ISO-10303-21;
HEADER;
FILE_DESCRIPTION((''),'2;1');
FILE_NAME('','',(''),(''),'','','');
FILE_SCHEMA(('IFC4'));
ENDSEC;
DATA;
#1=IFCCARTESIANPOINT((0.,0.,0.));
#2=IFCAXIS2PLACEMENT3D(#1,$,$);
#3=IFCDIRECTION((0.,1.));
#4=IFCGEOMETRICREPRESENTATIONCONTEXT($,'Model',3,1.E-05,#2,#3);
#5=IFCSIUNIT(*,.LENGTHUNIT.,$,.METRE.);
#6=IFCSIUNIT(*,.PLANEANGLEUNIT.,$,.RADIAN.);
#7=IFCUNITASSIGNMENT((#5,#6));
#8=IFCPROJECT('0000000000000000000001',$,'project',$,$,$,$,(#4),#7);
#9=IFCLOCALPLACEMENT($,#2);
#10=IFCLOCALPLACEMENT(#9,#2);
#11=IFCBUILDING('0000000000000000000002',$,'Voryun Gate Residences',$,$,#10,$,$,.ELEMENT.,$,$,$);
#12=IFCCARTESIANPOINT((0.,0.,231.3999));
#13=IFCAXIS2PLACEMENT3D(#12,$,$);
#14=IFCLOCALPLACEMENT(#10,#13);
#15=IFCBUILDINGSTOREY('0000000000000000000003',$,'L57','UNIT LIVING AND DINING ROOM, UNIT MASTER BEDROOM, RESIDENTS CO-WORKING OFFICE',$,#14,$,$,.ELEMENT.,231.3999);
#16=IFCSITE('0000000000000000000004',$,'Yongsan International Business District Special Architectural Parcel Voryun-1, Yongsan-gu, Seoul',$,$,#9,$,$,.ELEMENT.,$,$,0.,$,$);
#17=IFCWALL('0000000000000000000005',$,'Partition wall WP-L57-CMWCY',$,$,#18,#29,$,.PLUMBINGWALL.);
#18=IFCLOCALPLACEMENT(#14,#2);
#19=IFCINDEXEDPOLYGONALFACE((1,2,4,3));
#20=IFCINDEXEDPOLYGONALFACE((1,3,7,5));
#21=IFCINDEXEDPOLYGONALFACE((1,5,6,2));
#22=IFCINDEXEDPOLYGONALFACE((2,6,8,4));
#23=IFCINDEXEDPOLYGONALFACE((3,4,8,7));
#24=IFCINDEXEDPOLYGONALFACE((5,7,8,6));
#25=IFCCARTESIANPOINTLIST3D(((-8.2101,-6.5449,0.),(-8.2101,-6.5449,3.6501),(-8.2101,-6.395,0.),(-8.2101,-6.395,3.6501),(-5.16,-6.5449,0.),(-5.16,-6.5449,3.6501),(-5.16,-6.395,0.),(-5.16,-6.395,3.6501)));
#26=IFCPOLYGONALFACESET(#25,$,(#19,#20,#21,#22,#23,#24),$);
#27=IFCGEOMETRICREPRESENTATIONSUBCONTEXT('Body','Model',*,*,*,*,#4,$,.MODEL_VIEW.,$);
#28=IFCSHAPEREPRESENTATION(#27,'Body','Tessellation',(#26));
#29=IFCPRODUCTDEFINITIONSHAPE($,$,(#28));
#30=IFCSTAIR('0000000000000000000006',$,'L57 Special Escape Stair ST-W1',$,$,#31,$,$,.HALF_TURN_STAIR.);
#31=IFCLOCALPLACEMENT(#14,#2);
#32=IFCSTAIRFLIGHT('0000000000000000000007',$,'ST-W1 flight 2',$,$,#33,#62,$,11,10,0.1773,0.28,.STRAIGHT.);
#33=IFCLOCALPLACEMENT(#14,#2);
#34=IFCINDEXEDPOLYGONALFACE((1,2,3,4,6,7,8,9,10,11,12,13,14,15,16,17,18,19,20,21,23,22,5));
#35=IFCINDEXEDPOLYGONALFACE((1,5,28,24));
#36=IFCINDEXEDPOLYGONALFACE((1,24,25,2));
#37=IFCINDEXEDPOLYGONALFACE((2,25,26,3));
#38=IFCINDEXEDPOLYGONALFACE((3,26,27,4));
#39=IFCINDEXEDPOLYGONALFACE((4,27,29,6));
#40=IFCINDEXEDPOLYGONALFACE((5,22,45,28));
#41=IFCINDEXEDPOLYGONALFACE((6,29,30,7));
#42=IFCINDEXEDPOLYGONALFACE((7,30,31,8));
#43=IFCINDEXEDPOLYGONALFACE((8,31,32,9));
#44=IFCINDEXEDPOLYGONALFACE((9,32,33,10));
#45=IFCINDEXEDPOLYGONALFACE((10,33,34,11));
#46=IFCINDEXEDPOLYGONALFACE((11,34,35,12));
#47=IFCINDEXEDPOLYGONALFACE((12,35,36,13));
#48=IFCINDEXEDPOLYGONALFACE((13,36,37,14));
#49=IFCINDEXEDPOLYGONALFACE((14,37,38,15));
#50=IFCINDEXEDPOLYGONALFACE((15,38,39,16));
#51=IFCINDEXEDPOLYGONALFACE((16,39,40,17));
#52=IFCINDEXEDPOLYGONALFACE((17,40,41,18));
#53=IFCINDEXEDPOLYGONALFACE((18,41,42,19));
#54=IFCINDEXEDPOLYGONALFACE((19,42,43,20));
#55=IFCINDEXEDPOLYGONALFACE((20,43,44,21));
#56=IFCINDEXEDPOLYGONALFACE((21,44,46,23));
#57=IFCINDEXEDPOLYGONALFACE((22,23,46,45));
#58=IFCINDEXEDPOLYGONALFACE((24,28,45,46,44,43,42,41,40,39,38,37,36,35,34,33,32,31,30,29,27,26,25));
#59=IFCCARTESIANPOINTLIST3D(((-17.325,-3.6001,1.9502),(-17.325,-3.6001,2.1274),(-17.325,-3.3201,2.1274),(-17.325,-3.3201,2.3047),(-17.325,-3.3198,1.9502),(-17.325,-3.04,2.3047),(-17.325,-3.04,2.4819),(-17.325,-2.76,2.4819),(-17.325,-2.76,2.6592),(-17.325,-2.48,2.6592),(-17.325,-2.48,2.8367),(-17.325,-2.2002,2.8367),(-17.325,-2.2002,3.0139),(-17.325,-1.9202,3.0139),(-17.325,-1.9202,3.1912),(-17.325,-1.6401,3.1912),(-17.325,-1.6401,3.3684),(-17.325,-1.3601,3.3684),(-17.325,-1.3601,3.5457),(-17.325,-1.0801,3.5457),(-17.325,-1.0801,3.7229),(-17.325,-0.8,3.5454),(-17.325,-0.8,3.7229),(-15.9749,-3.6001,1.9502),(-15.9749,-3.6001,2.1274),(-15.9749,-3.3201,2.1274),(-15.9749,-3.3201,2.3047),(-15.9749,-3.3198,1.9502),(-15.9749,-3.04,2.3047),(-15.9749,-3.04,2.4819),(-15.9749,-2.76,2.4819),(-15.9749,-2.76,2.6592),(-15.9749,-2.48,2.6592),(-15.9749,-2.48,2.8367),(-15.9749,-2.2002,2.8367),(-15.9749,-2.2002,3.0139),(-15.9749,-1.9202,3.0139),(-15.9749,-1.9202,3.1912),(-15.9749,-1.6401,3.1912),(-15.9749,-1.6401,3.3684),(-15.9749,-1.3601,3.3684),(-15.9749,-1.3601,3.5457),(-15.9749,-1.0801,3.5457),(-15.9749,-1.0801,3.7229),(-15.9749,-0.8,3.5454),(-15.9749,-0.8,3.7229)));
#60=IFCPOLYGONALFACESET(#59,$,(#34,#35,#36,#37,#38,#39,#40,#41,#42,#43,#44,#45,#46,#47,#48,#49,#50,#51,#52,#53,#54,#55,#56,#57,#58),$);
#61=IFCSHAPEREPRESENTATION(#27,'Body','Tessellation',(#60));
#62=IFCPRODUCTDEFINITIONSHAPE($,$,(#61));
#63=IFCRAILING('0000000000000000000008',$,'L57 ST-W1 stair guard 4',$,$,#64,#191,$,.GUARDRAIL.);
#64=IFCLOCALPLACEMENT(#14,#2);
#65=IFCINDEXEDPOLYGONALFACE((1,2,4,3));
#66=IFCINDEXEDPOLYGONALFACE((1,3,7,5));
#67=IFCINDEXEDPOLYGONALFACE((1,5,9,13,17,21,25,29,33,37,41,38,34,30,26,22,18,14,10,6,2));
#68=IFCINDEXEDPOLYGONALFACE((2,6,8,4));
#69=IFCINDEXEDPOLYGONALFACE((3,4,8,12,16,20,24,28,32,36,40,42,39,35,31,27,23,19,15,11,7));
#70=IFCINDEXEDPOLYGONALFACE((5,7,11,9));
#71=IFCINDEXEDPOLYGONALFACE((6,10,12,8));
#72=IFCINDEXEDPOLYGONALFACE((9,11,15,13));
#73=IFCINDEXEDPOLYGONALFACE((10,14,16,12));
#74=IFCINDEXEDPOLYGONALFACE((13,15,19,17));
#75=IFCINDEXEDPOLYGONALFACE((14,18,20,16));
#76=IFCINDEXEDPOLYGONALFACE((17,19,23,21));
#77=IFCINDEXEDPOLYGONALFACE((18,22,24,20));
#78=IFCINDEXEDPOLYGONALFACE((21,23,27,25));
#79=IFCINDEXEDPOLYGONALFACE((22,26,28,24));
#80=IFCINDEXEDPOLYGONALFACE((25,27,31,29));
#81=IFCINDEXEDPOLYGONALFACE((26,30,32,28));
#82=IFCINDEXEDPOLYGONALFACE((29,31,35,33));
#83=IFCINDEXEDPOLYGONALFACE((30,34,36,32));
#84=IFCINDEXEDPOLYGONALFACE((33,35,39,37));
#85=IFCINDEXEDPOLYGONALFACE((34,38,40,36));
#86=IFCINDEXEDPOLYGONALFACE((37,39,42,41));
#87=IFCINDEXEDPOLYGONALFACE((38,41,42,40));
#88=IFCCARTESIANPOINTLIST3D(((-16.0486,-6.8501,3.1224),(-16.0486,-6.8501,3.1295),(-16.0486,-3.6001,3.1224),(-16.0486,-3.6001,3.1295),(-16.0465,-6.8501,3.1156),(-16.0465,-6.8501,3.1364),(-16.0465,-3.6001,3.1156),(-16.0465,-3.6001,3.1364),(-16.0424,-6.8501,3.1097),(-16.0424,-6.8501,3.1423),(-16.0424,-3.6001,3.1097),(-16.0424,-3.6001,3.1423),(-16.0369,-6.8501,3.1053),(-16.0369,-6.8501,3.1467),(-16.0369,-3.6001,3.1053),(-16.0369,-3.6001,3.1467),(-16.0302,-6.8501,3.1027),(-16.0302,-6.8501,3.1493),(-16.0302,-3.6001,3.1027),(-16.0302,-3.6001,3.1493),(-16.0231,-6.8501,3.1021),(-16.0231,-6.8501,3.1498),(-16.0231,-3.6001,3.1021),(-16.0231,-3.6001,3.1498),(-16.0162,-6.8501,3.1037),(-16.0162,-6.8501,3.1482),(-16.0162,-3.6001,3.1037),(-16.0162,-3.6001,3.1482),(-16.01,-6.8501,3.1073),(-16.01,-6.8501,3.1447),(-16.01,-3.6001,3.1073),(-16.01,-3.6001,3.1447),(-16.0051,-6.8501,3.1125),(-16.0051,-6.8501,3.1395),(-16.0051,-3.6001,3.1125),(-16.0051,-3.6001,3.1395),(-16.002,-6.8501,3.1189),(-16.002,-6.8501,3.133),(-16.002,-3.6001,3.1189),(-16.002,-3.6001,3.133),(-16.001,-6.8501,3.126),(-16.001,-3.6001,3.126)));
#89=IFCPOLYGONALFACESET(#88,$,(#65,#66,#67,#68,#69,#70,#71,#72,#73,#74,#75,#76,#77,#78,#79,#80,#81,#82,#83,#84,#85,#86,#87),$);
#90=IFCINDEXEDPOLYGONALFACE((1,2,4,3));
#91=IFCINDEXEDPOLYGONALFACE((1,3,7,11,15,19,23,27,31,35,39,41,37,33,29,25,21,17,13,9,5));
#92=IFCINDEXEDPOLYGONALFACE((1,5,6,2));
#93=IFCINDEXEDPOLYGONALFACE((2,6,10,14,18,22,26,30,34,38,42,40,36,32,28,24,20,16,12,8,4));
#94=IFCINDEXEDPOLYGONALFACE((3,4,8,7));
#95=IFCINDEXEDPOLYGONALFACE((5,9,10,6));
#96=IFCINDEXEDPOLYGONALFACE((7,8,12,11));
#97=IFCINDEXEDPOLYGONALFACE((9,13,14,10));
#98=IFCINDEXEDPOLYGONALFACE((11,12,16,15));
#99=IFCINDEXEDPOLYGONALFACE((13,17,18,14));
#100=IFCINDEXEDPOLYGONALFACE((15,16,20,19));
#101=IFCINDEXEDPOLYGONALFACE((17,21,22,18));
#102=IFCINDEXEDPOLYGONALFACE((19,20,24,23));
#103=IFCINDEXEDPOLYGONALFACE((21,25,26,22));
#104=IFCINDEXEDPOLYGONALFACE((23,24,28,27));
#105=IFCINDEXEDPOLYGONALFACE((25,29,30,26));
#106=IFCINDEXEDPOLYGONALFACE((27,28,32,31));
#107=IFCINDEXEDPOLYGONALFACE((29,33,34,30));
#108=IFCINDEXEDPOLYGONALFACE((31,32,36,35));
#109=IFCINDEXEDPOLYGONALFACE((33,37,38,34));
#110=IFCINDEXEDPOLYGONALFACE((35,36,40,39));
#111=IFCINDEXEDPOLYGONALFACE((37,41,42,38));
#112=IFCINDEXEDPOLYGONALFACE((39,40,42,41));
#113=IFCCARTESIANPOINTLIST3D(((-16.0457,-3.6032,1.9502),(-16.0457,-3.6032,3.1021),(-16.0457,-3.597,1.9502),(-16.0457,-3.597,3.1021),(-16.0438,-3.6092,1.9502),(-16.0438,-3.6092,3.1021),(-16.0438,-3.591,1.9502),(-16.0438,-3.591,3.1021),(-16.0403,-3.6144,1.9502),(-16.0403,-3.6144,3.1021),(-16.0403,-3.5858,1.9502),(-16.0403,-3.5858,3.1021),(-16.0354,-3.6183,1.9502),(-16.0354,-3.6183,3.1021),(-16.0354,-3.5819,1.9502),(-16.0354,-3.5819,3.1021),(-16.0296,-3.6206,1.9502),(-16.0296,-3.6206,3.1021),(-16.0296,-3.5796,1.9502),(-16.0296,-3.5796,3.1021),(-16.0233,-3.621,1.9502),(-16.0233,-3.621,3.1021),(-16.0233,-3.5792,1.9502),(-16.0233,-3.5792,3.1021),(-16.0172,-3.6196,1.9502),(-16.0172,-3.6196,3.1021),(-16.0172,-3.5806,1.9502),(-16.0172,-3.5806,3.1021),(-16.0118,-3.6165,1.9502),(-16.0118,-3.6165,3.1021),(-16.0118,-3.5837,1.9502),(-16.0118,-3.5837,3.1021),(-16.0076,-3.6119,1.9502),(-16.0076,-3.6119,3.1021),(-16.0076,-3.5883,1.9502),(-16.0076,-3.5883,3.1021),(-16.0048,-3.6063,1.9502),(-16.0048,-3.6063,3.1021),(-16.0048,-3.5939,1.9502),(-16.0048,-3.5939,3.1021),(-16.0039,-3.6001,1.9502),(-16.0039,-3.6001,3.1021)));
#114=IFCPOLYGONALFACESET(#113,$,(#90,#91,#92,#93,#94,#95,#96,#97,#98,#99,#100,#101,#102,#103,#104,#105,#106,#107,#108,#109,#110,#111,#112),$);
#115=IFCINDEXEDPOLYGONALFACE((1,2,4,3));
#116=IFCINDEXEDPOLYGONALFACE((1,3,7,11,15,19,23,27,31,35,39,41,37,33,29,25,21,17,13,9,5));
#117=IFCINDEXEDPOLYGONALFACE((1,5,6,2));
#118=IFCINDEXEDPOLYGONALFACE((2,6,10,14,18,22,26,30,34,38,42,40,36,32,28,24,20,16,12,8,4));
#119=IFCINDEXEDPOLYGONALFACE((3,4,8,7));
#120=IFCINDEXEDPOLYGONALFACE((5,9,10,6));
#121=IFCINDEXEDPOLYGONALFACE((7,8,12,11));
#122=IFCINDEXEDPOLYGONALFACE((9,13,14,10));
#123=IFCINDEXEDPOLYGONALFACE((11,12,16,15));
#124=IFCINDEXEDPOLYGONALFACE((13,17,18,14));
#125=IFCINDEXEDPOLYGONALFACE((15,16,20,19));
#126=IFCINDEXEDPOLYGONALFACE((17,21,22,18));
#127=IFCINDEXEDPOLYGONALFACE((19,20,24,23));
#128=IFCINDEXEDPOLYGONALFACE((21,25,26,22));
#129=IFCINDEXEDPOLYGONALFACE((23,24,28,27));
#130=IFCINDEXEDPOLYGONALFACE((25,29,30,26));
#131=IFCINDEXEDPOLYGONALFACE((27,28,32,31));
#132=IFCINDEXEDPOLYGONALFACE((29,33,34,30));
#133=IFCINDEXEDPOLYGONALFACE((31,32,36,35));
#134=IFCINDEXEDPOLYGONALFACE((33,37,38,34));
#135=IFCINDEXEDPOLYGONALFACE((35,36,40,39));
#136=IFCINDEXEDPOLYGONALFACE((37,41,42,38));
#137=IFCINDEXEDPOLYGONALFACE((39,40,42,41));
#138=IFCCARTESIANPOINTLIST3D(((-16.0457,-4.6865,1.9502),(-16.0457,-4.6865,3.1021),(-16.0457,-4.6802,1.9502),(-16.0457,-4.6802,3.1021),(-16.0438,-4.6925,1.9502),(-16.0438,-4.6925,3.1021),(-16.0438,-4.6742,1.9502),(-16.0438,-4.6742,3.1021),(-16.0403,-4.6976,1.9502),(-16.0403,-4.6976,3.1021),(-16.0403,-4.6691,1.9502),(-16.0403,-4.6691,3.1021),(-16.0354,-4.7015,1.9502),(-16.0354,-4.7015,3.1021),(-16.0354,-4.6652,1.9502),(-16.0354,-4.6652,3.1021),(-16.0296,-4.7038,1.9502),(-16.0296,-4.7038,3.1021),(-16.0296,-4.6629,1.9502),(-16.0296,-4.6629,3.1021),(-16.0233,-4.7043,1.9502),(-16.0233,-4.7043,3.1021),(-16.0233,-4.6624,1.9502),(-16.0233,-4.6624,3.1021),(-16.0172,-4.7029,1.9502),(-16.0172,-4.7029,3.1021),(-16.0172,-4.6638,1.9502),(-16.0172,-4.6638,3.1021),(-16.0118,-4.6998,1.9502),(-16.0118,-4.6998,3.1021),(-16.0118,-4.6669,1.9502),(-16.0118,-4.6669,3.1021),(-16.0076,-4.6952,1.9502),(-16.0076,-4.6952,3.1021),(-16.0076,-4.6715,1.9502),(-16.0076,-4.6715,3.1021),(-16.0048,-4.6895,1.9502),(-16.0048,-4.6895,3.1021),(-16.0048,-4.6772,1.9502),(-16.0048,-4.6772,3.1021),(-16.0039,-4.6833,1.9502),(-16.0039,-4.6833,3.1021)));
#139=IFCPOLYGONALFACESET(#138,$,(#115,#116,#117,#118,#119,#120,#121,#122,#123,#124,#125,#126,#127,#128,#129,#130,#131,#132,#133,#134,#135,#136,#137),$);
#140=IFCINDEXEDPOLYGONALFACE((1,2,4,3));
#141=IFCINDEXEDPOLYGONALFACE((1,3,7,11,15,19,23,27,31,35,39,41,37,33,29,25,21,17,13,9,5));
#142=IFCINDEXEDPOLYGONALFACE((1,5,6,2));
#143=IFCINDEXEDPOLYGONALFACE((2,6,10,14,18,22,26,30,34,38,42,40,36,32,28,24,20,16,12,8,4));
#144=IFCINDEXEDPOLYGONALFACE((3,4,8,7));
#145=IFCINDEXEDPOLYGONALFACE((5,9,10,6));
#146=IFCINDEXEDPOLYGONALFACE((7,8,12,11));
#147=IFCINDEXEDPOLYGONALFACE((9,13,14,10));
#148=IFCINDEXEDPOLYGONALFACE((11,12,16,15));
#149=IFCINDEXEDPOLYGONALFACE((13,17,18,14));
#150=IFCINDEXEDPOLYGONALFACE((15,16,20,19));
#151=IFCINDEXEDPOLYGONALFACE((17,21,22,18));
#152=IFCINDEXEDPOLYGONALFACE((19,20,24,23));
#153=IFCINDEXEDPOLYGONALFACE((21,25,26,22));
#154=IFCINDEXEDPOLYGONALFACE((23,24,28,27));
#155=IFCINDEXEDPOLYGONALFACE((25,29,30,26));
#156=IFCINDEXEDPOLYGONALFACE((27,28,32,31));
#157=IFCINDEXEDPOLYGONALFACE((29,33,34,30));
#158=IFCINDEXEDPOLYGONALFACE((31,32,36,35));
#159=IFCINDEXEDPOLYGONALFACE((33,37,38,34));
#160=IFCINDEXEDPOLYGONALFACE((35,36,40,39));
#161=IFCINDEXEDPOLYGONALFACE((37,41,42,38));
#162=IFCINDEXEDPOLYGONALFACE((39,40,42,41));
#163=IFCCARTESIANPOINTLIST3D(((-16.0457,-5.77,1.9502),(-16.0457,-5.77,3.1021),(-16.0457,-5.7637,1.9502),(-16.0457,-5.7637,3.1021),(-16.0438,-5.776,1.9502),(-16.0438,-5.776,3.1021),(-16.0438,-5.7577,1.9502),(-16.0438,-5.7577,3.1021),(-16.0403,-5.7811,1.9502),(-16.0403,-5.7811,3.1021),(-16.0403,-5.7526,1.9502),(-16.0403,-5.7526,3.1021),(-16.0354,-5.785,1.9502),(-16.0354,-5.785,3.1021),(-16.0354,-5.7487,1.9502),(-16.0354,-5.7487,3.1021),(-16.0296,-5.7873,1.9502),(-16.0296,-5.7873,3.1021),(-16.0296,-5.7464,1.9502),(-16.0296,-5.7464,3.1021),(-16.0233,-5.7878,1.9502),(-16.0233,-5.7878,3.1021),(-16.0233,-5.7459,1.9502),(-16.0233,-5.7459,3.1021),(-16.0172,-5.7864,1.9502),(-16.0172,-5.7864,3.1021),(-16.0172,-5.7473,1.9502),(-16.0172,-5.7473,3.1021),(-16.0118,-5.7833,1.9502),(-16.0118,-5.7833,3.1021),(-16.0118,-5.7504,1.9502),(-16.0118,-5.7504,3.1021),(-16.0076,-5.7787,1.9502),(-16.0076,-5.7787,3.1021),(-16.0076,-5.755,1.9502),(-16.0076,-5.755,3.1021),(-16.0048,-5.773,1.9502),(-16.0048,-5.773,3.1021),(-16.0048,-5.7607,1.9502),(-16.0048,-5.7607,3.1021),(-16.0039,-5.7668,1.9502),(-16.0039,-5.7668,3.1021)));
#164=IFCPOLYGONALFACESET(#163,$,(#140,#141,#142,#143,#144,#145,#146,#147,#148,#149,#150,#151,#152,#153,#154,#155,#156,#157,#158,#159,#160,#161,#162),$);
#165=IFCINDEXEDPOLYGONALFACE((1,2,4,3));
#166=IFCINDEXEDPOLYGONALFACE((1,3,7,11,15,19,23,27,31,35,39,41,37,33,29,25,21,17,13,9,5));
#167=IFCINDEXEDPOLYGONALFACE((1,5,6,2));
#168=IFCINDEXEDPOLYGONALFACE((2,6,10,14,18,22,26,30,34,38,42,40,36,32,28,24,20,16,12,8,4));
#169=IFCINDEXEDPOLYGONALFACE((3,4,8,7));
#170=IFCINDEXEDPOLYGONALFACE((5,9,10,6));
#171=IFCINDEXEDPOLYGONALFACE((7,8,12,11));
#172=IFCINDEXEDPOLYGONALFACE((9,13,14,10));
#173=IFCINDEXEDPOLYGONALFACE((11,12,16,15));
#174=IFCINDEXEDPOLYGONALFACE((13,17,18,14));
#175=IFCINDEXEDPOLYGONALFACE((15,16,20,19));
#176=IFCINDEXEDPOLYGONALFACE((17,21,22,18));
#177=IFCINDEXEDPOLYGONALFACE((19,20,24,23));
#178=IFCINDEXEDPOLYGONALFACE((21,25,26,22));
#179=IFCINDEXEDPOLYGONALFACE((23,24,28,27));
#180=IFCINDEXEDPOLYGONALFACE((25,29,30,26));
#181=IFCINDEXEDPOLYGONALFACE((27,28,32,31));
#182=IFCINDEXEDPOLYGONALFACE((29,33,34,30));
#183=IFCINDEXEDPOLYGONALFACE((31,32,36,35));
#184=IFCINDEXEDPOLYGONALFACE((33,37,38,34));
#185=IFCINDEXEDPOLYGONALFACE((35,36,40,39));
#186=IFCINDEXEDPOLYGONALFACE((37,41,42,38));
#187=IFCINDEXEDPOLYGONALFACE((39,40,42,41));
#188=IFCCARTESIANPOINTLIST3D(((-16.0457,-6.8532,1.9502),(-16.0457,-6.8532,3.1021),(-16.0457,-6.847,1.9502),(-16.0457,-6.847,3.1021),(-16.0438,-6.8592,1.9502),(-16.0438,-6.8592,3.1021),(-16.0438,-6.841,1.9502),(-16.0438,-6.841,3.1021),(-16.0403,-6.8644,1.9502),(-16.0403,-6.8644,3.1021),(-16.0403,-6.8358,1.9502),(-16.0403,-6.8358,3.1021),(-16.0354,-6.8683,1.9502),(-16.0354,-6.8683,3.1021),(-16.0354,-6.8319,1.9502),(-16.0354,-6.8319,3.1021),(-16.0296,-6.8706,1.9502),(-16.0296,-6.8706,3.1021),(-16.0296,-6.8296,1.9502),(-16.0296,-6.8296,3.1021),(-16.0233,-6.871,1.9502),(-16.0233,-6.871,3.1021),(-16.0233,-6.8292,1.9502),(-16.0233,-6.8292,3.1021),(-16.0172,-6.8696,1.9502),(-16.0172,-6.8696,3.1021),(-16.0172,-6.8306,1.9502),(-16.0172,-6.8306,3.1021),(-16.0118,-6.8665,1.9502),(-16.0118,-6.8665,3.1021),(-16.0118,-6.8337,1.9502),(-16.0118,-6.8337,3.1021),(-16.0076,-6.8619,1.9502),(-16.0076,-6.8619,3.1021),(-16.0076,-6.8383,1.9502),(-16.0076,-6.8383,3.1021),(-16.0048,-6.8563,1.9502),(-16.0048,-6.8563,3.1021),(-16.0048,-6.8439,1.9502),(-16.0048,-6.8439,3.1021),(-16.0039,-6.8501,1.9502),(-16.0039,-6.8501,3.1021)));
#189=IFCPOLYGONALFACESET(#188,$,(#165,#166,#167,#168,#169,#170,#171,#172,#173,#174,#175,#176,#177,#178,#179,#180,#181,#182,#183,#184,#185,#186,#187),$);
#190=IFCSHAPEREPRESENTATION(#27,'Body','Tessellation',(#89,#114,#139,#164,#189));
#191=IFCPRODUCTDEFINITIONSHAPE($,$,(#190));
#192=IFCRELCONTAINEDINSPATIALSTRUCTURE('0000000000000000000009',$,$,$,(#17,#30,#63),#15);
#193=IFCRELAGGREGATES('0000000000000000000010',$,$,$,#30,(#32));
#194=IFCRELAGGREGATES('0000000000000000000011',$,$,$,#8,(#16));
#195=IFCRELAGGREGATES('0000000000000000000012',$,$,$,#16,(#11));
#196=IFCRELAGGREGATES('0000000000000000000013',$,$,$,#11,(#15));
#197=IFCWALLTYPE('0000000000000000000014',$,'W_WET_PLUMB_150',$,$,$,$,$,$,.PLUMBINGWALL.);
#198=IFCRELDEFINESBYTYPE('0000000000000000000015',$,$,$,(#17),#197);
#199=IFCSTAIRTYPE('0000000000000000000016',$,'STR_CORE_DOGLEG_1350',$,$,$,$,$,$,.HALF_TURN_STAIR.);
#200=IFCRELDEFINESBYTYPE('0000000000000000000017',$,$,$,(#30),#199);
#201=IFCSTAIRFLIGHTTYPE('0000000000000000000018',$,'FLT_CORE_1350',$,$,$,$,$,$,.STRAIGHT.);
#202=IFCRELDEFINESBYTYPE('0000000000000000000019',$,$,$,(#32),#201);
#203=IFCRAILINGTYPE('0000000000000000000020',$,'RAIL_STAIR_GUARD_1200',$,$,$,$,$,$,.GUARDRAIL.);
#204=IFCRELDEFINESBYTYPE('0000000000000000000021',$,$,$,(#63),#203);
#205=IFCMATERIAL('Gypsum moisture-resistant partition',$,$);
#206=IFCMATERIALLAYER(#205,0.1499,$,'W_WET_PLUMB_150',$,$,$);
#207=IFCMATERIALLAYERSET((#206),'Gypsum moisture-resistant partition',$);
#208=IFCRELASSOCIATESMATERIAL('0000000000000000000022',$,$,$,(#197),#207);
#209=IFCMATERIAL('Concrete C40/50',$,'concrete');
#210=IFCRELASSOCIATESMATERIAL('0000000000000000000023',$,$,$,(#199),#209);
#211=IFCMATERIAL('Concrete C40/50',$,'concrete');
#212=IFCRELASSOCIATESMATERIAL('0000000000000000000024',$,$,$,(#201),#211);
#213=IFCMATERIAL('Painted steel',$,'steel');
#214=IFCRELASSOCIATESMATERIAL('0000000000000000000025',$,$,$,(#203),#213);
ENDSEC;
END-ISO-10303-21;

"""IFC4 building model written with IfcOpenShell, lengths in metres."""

from ifc_helpers import new_model, si_unit, direction, frame, frame_2d, origin, origin_2d, place, context, subcontext, project, spatial, polyline, rectangle, circle, outline, extrude, material, layer, layer_set, type_object, element, aggregate, save


model = new_model("IFC4")

# Units and contexts
model_context = context("Model", 3, precision=1e-05, world=origin(), true_north=direction((0.0, 1.0)))
body_context = subcontext(model_context, "Body", "Model", "MODEL_VIEW")
ifc_project = project(units=[si_unit("LENGTHUNIT", "METRE"), si_unit("PLANEANGLEUNIT", "RADIAN")], contexts=[model_context])

# Site, building, storey
site_placement = place(None, origin())
site = spatial("IfcSite", under=ifc_project, at=site_placement, Name="Yongsan International Business District Special Architectural Parcel Voryun-1, Yongsan-gu, Seoul", CompositionType="ELEMENT", RefElevation=0.0)
building_placement = place(site_placement, origin())
building = spatial("IfcBuilding", under=site, at=building_placement, Name="Voryun Gate Residences", CompositionType="ELEMENT")
storey_placement = place(building_placement, frame((0.0, 0.0, 231.3999)))
storey = spatial("IfcBuildingStorey", under=building, at=storey_placement, Name="L57", Description="UNIT LIVING AND DINING ROOM, UNIT MASTER BEDROOM, RESIDENTS CO-WORKING OFFICE", CompositionType="ELEMENT", Elevation=231.3999)

# Wall
ifc_material_1 = material(Name="Gypsum moisture-resistant partition")
ifc_layer_1 = layer(ifc_material_1, 0.1499, Name="W_WET_PLUMB_150")
ifc_layer_set_1 = layer_set([ifc_layer_1], Name="Gypsum moisture-resistant partition")
wall_type_1 = type_object("IfcWallType", Name="W_WET_PLUMB_150", PredefinedType="PLUMBINGWALL", material=ifc_layer_set_1)
wall_1_placement = place(storey_placement, frame((-8.21, -6.47, 0.0), z_axis=(0.0, 0.0, 1.0), x_axis=(1.0, 0.0, 0.0)))
element("IfcWall", 1, at=wall_1_placement, inside=storey, type_object=wall_type_1, Name="Partition wall WP-L57-CMWCY", PredefinedType="PLUMBINGWALL", context=body_context, shape_type="SweptSolid", body=[
    extrude(rectangle(XDim=3.05, YDim=0.1499, at=frame_2d((1.5249, 0.0))), origin(), (0.0, 0.0, 1.0), 3.6501),
])

# Stair, stair flight
ifc_material_2 = material(Name="Concrete C40/50", Category="concrete")
stair_type = type_object("IfcStairType", Name="STR_CORE_DOGLEG_1350", PredefinedType="HALF_TURN_STAIR", material=ifc_material_2)
stair_placement = place(storey_placement, origin())
stair = element("IfcStair", 2, at=stair_placement, inside=storey, type_object=stair_type, Name="L57 Special Escape Stair ST-W1", PredefinedType="HALF_TURN_STAIR")
ifc_material_3 = material(Name="Concrete C40/50", Category="concrete")
stair_flight_type = type_object("IfcStairFlightType", Name="FLT_CORE_1350", PredefinedType="STRAIGHT", material=ifc_material_3)
stair_flight_placement = place(storey_placement, frame((-16.6499, -3.6001, 1.9502), z_axis=(0.0, 0.0, 1.0), x_axis=(0.0, 1.0, 0.0)))
stair_flight = element("IfcStairFlight", 3, at=stair_flight_placement, type_object=stair_flight_type, Name="ST-W1 flight 2", NumberOfRisers=11, NumberOfTreads=10, PredefinedType="STRAIGHT", RiserHeight=0.1773, TreadLength=0.28, context=body_context, shape_type="SweptSolid", body=[
    extrude(outline(polyline([(0.0, 0.0), (0.0, 0.1772), (0.28, 0.1772), (0.28, 0.3545), (0.5601, 0.3545), (0.5601, 0.5317), (0.8401, 0.5317), (0.8401, 0.709), (1.1201, 0.709), (1.1201, 0.8865), (1.3999, 0.8865), (1.3999, 1.0637), (1.6799, 1.0637), (1.6799, 1.241), (1.96, 1.241), (1.96, 1.4182), (2.24, 1.4182), (2.24, 1.5955), (2.52, 1.5955), (2.52, 1.7727), (2.8, 1.7727), (2.8, 1.95), (2.8, 1.5952), (0.2803, 0.0), (0.0, 0.0)])), frame((0.0, 0.675, 0.0), z_axis=(0.0, -1.0, 0.0), x_axis=(1.0, 0.0, 0.0)), (0.0, 0.0, 1.0), 1.3501),
])
aggregate(stair, [stair_flight])

# Railing
ifc_material_4 = material(Name="Painted steel", Category="steel")
railing_type_1 = type_object("IfcRailingType", Name="RAIL_STAIR_GUARD_1200", PredefinedType="GUARDRAIL", material=ifc_material_4)
railing_1_placement = place(storey_placement, frame((-16.0249, -3.6001, 1.9502)))
element("IfcRailing", 4, at=railing_1_placement, inside=storey, type_object=railing_type_1, Name="L57 ST-W1 stair guard 4", PredefinedType="GUARDRAIL", context=body_context, shape_type="SweptSolid", body=[
    extrude(circle(Radius=0.0239, at=origin_2d()), frame((0.0, 0.0, 1.1758), z_axis=(0.0, -1.0, 0.0), x_axis=(1.0, 0.0, 0.0)), (0.0, 0.0, 1.0), 3.25),
    extrude(circle(Radius=0.021, at=origin_2d()), origin(), (0.0, 0.0, 1.0), 1.1519),
    extrude(circle(Radius=0.021, at=origin_2d()), frame((0.0, -1.0833, 0.0)), (0.0, 0.0, 1.0), 1.1519),
    extrude(circle(Radius=0.021, at=origin_2d()), frame((0.0, -2.1667, 0.0)), (0.0, 0.0, 1.0), 1.1519),
    extrude(circle(Radius=0.021, at=origin_2d()), frame((0.0, -3.25, 0.0)), (0.0, 0.0, 1.0), 1.1519),
])

save(model, "model.ifc")
